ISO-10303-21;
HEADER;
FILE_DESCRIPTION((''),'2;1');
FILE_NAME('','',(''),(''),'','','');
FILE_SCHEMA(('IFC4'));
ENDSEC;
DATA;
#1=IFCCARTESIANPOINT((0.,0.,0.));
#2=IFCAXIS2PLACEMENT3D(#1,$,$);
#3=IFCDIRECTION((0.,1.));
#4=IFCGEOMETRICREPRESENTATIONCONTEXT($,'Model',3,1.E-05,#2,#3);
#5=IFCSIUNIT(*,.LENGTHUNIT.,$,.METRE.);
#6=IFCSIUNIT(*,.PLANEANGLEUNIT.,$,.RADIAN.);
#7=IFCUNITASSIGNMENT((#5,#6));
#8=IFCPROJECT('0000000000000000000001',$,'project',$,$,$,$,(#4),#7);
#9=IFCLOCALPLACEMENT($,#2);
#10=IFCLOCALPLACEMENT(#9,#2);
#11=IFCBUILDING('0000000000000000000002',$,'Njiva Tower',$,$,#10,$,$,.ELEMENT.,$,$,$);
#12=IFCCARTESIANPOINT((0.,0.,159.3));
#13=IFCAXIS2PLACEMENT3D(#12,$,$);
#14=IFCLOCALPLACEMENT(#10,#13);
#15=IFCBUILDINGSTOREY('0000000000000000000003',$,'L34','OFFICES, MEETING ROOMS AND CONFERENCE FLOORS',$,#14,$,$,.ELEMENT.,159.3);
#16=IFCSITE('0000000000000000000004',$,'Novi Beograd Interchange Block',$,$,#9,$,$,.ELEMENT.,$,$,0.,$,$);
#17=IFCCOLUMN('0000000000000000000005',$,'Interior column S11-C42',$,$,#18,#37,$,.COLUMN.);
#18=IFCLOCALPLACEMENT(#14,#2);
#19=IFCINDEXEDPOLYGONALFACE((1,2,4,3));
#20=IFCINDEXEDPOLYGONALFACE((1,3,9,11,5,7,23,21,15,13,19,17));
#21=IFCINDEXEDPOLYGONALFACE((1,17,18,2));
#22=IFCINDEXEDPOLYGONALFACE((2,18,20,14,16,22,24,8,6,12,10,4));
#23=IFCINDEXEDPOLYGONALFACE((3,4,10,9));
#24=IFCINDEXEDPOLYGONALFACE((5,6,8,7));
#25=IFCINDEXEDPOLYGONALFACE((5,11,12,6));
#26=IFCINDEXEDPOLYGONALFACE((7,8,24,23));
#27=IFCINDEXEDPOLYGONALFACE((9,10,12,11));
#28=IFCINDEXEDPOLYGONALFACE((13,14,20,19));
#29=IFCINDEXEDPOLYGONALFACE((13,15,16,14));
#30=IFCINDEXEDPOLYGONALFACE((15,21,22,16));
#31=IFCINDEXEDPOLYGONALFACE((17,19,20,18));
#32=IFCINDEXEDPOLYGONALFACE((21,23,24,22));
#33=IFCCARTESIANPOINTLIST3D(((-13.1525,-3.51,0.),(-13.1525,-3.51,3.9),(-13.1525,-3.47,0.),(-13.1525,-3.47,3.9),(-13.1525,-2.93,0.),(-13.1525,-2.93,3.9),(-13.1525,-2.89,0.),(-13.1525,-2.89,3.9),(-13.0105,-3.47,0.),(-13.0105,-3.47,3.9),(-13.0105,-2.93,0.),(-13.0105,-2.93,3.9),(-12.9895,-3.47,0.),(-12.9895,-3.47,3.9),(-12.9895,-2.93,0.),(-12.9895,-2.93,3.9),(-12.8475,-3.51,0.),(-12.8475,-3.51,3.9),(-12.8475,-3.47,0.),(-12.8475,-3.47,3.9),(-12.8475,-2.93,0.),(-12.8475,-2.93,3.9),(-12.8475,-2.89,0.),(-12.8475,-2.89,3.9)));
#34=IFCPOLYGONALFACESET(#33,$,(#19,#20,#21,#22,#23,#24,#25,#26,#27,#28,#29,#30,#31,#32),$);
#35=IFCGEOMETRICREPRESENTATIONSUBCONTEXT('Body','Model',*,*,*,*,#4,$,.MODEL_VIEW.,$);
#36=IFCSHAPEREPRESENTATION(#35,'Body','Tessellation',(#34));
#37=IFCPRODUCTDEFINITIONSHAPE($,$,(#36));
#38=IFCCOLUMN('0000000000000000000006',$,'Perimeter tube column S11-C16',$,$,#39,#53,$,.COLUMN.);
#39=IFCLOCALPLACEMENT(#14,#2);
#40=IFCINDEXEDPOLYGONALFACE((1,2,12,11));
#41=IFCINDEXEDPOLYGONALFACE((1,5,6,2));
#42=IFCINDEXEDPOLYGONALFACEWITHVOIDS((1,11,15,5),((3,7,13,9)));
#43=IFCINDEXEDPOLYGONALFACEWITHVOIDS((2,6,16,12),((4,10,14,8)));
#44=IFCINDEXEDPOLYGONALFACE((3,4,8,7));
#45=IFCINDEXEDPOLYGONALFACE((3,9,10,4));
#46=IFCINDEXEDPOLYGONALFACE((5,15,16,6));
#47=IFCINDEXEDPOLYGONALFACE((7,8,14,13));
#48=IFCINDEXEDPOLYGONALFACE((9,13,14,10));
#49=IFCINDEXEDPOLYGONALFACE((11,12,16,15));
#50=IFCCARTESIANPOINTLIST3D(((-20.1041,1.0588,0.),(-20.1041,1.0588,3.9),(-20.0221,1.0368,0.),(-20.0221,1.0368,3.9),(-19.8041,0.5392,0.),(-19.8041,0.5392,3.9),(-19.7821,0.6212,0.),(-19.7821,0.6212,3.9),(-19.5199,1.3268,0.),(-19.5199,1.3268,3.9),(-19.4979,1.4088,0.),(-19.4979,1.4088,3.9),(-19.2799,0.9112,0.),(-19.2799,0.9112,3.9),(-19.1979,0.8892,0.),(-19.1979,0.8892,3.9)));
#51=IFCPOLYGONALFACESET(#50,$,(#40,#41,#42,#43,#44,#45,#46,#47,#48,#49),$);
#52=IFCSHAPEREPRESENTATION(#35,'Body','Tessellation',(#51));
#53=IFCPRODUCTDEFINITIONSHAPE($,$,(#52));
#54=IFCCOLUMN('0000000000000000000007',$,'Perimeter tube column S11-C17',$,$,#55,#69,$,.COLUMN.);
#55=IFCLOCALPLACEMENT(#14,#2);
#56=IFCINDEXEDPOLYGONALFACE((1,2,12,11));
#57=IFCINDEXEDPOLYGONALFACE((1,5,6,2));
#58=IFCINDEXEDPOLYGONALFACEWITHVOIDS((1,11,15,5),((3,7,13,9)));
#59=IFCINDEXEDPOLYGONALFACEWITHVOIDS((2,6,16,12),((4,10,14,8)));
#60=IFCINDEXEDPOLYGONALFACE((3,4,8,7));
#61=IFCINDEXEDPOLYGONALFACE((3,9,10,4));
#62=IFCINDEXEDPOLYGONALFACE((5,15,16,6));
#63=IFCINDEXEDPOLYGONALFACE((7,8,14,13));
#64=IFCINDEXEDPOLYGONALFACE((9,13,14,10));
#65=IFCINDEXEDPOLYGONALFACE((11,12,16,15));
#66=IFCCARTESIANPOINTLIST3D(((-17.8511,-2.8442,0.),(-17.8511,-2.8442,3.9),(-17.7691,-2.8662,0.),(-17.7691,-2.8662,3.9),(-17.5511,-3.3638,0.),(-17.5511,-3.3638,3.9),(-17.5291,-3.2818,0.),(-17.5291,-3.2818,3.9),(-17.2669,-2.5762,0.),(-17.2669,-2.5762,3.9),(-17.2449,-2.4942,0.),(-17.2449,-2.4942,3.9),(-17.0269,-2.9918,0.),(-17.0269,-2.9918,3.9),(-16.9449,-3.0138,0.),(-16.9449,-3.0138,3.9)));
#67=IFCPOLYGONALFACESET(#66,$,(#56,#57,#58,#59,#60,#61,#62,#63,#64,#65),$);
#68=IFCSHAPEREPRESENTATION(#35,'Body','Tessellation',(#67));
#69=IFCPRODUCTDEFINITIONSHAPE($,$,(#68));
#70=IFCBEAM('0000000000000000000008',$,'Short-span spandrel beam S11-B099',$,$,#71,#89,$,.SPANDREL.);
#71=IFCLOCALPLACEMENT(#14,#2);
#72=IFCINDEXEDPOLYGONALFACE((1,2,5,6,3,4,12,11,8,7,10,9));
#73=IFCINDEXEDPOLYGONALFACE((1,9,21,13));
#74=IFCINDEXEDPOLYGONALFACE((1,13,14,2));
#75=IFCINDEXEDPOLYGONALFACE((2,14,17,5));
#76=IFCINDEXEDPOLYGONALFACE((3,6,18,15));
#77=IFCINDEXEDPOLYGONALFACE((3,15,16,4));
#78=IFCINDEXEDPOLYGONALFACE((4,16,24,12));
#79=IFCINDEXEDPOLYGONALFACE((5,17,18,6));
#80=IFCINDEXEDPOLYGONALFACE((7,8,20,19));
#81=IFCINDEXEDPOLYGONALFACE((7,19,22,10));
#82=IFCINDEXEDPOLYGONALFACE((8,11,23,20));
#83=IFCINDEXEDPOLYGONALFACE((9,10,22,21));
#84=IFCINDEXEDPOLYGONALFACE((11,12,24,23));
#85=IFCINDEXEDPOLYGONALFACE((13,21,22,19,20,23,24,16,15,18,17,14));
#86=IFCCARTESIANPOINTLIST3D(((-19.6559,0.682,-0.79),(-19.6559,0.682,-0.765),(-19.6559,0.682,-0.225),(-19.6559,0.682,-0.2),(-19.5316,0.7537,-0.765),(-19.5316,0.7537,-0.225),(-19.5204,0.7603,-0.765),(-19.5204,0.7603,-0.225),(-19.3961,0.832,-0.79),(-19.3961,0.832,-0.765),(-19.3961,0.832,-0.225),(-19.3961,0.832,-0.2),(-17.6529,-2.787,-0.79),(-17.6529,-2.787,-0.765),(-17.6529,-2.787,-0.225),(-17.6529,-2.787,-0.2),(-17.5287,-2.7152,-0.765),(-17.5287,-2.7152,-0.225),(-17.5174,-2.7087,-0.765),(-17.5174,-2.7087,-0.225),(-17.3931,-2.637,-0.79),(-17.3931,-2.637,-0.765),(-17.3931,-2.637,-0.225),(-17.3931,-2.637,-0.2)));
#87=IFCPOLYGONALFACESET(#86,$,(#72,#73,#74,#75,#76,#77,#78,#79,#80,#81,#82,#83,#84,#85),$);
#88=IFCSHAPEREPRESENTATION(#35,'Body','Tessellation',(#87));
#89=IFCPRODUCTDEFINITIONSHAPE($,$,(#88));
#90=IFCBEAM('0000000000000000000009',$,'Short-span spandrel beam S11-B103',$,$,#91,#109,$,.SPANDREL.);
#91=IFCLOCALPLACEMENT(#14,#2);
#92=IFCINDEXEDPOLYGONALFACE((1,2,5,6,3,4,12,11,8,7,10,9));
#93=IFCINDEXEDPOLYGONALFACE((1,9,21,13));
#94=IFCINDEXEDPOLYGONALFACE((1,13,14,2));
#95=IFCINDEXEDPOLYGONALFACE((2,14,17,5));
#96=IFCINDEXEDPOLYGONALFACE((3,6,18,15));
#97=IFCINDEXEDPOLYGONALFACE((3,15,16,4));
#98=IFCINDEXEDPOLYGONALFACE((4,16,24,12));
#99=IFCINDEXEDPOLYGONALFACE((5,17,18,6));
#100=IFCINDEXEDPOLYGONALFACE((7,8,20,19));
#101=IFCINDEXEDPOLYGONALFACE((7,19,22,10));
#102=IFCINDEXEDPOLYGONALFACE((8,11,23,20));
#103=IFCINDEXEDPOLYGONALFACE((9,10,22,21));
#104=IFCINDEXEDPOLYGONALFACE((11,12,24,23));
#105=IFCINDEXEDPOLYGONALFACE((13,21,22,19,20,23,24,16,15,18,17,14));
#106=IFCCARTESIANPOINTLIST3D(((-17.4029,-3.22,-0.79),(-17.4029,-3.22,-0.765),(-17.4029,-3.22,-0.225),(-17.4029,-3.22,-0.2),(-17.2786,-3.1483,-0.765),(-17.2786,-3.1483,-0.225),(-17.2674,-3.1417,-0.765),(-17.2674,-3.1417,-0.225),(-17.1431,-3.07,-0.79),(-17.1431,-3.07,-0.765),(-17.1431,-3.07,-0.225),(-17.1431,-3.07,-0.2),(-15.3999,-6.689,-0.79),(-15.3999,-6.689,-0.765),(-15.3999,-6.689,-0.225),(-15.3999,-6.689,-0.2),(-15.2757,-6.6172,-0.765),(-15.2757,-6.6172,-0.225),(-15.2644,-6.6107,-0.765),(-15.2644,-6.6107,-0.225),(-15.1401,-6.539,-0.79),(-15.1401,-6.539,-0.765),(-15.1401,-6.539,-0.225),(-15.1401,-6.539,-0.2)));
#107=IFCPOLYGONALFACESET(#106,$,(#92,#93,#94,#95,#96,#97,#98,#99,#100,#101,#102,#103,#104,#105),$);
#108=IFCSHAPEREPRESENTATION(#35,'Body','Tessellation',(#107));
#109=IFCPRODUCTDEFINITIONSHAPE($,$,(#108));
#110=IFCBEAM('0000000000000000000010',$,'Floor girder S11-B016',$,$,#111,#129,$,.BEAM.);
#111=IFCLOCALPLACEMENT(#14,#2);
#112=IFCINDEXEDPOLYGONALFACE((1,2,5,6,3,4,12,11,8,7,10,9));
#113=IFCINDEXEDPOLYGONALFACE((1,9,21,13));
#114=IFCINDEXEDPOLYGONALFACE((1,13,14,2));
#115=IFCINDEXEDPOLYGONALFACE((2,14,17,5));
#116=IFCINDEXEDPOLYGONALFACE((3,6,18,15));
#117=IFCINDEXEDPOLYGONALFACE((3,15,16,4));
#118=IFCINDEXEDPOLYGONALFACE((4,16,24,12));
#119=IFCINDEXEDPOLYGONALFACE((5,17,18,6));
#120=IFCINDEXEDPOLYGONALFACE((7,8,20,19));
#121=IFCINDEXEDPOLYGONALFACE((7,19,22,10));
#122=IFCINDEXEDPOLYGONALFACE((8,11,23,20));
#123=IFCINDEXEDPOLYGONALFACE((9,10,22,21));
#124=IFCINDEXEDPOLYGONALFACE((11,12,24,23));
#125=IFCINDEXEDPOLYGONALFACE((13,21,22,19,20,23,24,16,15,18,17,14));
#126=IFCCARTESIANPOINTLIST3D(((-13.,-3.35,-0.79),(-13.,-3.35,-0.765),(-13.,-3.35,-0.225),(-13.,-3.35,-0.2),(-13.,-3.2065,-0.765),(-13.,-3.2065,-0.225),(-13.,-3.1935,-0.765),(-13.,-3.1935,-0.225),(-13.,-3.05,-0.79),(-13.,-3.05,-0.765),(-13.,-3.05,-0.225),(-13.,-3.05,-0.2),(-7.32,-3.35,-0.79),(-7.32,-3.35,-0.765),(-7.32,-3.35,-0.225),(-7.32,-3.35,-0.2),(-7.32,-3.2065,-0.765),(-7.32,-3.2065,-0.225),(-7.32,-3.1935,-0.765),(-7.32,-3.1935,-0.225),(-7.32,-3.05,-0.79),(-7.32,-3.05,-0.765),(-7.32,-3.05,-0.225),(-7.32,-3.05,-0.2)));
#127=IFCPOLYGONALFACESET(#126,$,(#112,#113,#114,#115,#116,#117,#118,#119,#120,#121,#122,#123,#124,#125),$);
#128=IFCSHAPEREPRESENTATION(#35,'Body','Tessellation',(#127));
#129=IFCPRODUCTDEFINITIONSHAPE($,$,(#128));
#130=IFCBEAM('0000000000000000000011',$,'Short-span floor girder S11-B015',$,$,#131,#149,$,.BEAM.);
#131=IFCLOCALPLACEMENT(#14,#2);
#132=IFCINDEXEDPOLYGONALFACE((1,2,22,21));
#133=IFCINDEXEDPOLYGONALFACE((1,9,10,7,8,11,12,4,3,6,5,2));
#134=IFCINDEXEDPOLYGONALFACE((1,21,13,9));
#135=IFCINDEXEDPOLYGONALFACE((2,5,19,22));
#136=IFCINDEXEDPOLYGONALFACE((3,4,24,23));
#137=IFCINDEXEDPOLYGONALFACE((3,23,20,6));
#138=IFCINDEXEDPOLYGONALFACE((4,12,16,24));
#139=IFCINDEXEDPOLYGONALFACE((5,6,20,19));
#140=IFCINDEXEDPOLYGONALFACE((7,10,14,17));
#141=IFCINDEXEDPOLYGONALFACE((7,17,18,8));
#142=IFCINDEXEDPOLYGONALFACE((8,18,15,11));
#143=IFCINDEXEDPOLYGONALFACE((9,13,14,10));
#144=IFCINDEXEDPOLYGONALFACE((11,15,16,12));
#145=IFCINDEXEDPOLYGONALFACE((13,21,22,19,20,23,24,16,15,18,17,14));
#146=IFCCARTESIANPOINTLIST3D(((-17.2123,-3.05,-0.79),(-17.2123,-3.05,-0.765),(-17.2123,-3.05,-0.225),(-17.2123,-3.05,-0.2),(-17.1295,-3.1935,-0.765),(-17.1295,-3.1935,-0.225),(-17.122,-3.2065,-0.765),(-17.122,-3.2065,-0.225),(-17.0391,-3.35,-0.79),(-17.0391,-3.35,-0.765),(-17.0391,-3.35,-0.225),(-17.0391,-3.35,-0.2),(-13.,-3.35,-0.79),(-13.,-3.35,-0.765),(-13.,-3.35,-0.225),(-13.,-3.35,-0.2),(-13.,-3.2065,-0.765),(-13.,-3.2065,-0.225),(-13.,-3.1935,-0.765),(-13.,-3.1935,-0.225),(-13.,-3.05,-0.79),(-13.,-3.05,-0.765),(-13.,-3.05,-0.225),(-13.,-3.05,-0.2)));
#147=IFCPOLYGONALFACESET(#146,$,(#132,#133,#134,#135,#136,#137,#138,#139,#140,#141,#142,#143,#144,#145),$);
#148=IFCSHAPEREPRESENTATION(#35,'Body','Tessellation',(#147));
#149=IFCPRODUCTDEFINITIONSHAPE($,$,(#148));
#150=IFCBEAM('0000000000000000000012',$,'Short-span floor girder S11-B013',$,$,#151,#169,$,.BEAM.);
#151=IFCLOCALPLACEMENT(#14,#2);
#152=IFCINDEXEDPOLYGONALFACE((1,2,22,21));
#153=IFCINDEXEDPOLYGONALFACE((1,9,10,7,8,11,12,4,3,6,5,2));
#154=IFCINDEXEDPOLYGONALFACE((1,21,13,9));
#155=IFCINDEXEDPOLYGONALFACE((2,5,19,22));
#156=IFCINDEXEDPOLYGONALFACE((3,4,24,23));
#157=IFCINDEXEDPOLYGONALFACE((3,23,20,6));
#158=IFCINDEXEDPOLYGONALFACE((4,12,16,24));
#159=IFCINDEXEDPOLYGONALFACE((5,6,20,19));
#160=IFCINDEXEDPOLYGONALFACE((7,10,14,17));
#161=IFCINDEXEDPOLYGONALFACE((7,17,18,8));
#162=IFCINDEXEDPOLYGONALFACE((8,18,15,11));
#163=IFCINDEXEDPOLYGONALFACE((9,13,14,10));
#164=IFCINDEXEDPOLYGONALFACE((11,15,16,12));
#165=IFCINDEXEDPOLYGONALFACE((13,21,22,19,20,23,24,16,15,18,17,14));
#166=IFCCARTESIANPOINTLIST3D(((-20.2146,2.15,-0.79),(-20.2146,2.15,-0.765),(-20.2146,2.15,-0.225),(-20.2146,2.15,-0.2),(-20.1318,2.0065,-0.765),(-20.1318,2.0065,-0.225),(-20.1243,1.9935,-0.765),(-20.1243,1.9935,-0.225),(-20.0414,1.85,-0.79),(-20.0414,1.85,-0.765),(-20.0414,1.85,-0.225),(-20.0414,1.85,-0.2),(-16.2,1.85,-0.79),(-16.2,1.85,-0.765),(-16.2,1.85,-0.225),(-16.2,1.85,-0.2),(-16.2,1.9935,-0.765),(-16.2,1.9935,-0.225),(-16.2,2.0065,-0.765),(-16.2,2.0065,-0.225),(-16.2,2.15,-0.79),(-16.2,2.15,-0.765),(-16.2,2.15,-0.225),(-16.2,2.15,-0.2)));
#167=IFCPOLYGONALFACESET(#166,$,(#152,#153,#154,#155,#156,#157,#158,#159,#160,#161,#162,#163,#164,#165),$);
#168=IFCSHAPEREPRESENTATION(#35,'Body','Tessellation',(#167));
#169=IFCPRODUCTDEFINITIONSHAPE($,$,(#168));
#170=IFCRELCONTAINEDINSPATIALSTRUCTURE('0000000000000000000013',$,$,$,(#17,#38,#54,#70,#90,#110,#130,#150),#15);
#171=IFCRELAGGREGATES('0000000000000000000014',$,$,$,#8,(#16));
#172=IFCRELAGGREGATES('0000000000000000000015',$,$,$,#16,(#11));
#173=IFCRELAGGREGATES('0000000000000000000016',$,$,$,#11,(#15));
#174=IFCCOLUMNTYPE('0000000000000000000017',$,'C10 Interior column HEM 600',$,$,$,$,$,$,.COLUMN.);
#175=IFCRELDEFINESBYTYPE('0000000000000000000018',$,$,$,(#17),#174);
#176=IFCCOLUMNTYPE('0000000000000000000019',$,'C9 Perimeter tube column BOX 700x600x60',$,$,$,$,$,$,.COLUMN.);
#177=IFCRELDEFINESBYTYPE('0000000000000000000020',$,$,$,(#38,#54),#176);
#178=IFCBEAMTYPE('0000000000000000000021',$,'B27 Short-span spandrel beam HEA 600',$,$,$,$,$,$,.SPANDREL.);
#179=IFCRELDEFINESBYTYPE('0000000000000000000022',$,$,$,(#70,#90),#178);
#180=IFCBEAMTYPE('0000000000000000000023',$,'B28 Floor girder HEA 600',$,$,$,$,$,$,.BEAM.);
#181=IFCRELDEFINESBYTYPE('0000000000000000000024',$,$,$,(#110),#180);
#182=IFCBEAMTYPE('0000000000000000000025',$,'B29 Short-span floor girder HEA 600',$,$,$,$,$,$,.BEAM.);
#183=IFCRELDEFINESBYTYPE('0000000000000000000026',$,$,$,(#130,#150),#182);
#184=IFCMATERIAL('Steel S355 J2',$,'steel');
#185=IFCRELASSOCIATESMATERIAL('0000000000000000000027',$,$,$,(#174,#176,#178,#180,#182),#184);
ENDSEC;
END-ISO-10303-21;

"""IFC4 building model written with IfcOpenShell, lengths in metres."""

from ifc_helpers import new_model, si_unit, direction, frame, origin, origin_2d, place, context, subcontext, project, spatial, hollow_rectangle, i_section, extrude, clip, halfspace, material, material_profile, profile_set, type_object, element, save


model = new_model("IFC4")

# Units and contexts
model_context = context("Model", 3, precision=1e-05, world=origin(), true_north=direction((0.0, 1.0)))
body_context = subcontext(model_context, "Body", "Model", "MODEL_VIEW")
ifc_project = project(units=[si_unit("LENGTHUNIT", "METRE"), si_unit("PLANEANGLEUNIT", "RADIAN")], contexts=[model_context])

# Site, building, storey
site_placement = place(None, origin())
site = spatial("IfcSite", under=ifc_project, at=site_placement, Name="Novi Beograd Interchange Block", CompositionType="ELEMENT", RefElevation=0.0)
building_placement = place(site_placement, origin())
building = spatial("IfcBuilding", under=site, at=building_placement, Name="Njiva Tower", CompositionType="ELEMENT")
storey_placement = place(building_placement, frame((0.0, 0.0, 159.3)))
storey = spatial("IfcBuildingStorey", under=building, at=storey_placement, Name="L34", Description="OFFICES, MEETING ROOMS AND CONFERENCE FLOORS", CompositionType="ELEMENT", Elevation=159.3)

# Columns
ifc_material_1 = material(Name="Steel S355 J2", Category="steel")
ifc_material_profile_1 = material_profile(ifc_material_1, i_section(OverallWidth=0.305, OverallDepth=0.62, WebThickness=0.021, FlangeThickness=0.04, at=origin_2d()), Name="HEM 600")
ifc_profile_set_1 = profile_set([ifc_material_profile_1], Name="Steel S355 J2")
column_type_1 = type_object("IfcColumnType", Name="C10 Interior column HEM 600", PredefinedType="COLUMN", material=ifc_profile_set_1)
column_placement = place(storey_placement, frame((-13.0, -3.2, 0.0), z_axis=(0.0, 0.0, 1.0), x_axis=(1.0, 0.0, 0.0)))
element("IfcColumn", 1, at=column_placement, inside=storey, type_object=column_type_1, Name="Interior column S11-C42", PredefinedType="COLUMN", context=body_context, shape_type="SweptSolid", body=[
    extrude(i_section(OverallWidth=0.305, OverallDepth=0.62, WebThickness=0.021, FlangeThickness=0.04, at=origin_2d()), origin(), (0.0, 0.0, 1.0), 3.9),
])
ifc_material_profile_2 = material_profile(ifc_material_1, hollow_rectangle(XDim=0.6, YDim=0.7, WallThickness=0.06, at=origin_2d()), Name="BOX 700x600x60")
ifc_profile_set_2 = profile_set([ifc_material_profile_2], Name="Steel S355 J2")
column_type_2 = type_object("IfcColumnType", Name="C9 Perimeter tube column BOX 700x600x60", PredefinedType="COLUMN", material=ifc_profile_set_2)
for number, where, z_axis, x_axis, name in (
    (2, (-19.651, 0.974, 0.0), (0.0, 0.0, 1.0), (0.5, -0.866025, 0.0), "Perimeter tube column S11-C16"),
    (3, (-17.398, -2.929, 0.0), (0.0, 0.0, 1.0), (0.5, -0.866025, 0.0), "Perimeter tube column S11-C17"),
):
    element("IfcColumn", number, at=place(storey_placement, frame(where, z_axis=z_axis, x_axis=x_axis)), inside=storey, type_object=column_type_2, Name=name, PredefinedType="COLUMN", context=body_context, shape_type="SweptSolid", body=[
        extrude(hollow_rectangle(XDim=0.6, YDim=0.7, WallThickness=0.06, at=origin_2d()), origin(), (0.0, 0.0, 1.0), 3.9),
    ])

# Beams
ifc_material_profile_3 = material_profile(ifc_material_1, i_section(OverallWidth=0.3, OverallDepth=0.59, WebThickness=0.013, FlangeThickness=0.025, at=origin_2d()), Name="HEA 600")
ifc_profile_set_3 = profile_set([ifc_material_profile_3], Name="Steel S355 J2")
beam_type_1 = type_object("IfcBeamType", Name="B27 Short-span spandrel beam HEA 600", PredefinedType="SPANDREL", material=ifc_profile_set_3)
for number, where, z_axis, x_axis, name in (
    (4, (-19.526, 0.757, -0.495), (0.500032, -0.866007, 0.0), (0.866007, 0.500032, 0.0), "Short-span spandrel beam S11-B099"),
    (5, (-17.273, -3.145, -0.495), (0.500032, -0.866007, 0.0), (0.866007, 0.500032, 0.0), "Short-span spandrel beam S11-B103"),
):
    element("IfcBeam", number, at=place(storey_placement, frame(where, z_axis=z_axis, x_axis=x_axis)), inside=storey, type_object=beam_type_1, Name=name, PredefinedType="SPANDREL", context=body_context, shape_type="SweptSolid", body=[
        extrude(i_section(OverallWidth=0.3, OverallDepth=0.59, WebThickness=0.013, FlangeThickness=0.025, at=origin_2d()), origin(), (0.0, 0.0, 1.0), 4.0057),
    ])
ifc_material_profile_4 = material_profile(ifc_material_1, i_section(OverallWidth=0.3, OverallDepth=0.59, WebThickness=0.013, FlangeThickness=0.025, at=origin_2d()), Name="HEA 600")
ifc_profile_set_4 = profile_set([ifc_material_profile_4], Name="Steel S355 J2")
beam_type_2 = type_object("IfcBeamType", Name="B28 Floor girder HEA 600", PredefinedType="BEAM", material=ifc_profile_set_4)
beam_1_placement = place(storey_placement, frame((-13.0, -3.2, -0.495), z_axis=(1.0, 0.0, 0.0), x_axis=(0.0, 1.0, 0.0)))
element("IfcBeam", 6, at=beam_1_placement, inside=storey, type_object=beam_type_2, Name="Floor girder S11-B016", PredefinedType="BEAM", context=body_context, shape_type="SweptSolid", body=[
    extrude(i_section(OverallWidth=0.3, OverallDepth=0.59, WebThickness=0.013, FlangeThickness=0.025, at=origin_2d()), origin(), (0.0, 0.0, 1.0), 5.68),
])
ifc_material_profile_5 = material_profile(ifc_material_1, i_section(OverallWidth=0.3, OverallDepth=0.59, WebThickness=0.013, FlangeThickness=0.025, at=origin_2d()), Name="HEA 600")
ifc_profile_set_5 = profile_set([ifc_material_profile_5], Name="Steel S355 J2")
beam_type_3 = type_object("IfcBeamType", Name="B29 Short-span floor girder HEA 600", PredefinedType="BEAM", material=ifc_profile_set_5)
beam_2_placement = place(storey_placement, frame((-17.233, -3.2, -0.495), z_axis=(1.0, 0.0, 0.0), x_axis=(0.0, 1.0, 0.0)))
element("IfcBeam", 7, at=beam_2_placement, inside=storey, type_object=beam_type_3, Name="Short-span floor girder S11-B015", PredefinedType="BEAM", context=body_context, shape_type="Clipping", body=[
    clip(extrude(i_section(OverallWidth=0.3, OverallDepth=0.59, WebThickness=0.013, FlangeThickness=0.025, at=origin_2d()), origin(), (0.0, 0.0, 1.0), 4.233), halfspace(frame((-0.025, 0.0, 0.1217), z_axis=(-0.499998, 0.0, -0.866027), x_axis=(0.0, -1.0, 0.0)), False)),
])
beam_3_placement = place(storey_placement, frame((-20.235, 2.0, -0.495), z_axis=(1.0, 0.0, 0.0), x_axis=(0.0, 1.0, 0.0)))
element("IfcBeam", 8, at=beam_3_placement, inside=storey, type_object=beam_type_3, Name="Short-span floor girder S11-B013", PredefinedType="BEAM", context=body_context, shape_type="Clipping", body=[
    clip(extrude(i_section(OverallWidth=0.3, OverallDepth=0.59, WebThickness=0.013, FlangeThickness=0.025, at=origin_2d()), origin(), (0.0, 0.0, 1.0), 4.035), halfspace(frame((-0.025, 0.0, 0.1214), z_axis=(-0.499998, 0.0, -0.866027), x_axis=(0.0, -1.0, 0.0)), False)),
])

save(model, "model.ifc")
